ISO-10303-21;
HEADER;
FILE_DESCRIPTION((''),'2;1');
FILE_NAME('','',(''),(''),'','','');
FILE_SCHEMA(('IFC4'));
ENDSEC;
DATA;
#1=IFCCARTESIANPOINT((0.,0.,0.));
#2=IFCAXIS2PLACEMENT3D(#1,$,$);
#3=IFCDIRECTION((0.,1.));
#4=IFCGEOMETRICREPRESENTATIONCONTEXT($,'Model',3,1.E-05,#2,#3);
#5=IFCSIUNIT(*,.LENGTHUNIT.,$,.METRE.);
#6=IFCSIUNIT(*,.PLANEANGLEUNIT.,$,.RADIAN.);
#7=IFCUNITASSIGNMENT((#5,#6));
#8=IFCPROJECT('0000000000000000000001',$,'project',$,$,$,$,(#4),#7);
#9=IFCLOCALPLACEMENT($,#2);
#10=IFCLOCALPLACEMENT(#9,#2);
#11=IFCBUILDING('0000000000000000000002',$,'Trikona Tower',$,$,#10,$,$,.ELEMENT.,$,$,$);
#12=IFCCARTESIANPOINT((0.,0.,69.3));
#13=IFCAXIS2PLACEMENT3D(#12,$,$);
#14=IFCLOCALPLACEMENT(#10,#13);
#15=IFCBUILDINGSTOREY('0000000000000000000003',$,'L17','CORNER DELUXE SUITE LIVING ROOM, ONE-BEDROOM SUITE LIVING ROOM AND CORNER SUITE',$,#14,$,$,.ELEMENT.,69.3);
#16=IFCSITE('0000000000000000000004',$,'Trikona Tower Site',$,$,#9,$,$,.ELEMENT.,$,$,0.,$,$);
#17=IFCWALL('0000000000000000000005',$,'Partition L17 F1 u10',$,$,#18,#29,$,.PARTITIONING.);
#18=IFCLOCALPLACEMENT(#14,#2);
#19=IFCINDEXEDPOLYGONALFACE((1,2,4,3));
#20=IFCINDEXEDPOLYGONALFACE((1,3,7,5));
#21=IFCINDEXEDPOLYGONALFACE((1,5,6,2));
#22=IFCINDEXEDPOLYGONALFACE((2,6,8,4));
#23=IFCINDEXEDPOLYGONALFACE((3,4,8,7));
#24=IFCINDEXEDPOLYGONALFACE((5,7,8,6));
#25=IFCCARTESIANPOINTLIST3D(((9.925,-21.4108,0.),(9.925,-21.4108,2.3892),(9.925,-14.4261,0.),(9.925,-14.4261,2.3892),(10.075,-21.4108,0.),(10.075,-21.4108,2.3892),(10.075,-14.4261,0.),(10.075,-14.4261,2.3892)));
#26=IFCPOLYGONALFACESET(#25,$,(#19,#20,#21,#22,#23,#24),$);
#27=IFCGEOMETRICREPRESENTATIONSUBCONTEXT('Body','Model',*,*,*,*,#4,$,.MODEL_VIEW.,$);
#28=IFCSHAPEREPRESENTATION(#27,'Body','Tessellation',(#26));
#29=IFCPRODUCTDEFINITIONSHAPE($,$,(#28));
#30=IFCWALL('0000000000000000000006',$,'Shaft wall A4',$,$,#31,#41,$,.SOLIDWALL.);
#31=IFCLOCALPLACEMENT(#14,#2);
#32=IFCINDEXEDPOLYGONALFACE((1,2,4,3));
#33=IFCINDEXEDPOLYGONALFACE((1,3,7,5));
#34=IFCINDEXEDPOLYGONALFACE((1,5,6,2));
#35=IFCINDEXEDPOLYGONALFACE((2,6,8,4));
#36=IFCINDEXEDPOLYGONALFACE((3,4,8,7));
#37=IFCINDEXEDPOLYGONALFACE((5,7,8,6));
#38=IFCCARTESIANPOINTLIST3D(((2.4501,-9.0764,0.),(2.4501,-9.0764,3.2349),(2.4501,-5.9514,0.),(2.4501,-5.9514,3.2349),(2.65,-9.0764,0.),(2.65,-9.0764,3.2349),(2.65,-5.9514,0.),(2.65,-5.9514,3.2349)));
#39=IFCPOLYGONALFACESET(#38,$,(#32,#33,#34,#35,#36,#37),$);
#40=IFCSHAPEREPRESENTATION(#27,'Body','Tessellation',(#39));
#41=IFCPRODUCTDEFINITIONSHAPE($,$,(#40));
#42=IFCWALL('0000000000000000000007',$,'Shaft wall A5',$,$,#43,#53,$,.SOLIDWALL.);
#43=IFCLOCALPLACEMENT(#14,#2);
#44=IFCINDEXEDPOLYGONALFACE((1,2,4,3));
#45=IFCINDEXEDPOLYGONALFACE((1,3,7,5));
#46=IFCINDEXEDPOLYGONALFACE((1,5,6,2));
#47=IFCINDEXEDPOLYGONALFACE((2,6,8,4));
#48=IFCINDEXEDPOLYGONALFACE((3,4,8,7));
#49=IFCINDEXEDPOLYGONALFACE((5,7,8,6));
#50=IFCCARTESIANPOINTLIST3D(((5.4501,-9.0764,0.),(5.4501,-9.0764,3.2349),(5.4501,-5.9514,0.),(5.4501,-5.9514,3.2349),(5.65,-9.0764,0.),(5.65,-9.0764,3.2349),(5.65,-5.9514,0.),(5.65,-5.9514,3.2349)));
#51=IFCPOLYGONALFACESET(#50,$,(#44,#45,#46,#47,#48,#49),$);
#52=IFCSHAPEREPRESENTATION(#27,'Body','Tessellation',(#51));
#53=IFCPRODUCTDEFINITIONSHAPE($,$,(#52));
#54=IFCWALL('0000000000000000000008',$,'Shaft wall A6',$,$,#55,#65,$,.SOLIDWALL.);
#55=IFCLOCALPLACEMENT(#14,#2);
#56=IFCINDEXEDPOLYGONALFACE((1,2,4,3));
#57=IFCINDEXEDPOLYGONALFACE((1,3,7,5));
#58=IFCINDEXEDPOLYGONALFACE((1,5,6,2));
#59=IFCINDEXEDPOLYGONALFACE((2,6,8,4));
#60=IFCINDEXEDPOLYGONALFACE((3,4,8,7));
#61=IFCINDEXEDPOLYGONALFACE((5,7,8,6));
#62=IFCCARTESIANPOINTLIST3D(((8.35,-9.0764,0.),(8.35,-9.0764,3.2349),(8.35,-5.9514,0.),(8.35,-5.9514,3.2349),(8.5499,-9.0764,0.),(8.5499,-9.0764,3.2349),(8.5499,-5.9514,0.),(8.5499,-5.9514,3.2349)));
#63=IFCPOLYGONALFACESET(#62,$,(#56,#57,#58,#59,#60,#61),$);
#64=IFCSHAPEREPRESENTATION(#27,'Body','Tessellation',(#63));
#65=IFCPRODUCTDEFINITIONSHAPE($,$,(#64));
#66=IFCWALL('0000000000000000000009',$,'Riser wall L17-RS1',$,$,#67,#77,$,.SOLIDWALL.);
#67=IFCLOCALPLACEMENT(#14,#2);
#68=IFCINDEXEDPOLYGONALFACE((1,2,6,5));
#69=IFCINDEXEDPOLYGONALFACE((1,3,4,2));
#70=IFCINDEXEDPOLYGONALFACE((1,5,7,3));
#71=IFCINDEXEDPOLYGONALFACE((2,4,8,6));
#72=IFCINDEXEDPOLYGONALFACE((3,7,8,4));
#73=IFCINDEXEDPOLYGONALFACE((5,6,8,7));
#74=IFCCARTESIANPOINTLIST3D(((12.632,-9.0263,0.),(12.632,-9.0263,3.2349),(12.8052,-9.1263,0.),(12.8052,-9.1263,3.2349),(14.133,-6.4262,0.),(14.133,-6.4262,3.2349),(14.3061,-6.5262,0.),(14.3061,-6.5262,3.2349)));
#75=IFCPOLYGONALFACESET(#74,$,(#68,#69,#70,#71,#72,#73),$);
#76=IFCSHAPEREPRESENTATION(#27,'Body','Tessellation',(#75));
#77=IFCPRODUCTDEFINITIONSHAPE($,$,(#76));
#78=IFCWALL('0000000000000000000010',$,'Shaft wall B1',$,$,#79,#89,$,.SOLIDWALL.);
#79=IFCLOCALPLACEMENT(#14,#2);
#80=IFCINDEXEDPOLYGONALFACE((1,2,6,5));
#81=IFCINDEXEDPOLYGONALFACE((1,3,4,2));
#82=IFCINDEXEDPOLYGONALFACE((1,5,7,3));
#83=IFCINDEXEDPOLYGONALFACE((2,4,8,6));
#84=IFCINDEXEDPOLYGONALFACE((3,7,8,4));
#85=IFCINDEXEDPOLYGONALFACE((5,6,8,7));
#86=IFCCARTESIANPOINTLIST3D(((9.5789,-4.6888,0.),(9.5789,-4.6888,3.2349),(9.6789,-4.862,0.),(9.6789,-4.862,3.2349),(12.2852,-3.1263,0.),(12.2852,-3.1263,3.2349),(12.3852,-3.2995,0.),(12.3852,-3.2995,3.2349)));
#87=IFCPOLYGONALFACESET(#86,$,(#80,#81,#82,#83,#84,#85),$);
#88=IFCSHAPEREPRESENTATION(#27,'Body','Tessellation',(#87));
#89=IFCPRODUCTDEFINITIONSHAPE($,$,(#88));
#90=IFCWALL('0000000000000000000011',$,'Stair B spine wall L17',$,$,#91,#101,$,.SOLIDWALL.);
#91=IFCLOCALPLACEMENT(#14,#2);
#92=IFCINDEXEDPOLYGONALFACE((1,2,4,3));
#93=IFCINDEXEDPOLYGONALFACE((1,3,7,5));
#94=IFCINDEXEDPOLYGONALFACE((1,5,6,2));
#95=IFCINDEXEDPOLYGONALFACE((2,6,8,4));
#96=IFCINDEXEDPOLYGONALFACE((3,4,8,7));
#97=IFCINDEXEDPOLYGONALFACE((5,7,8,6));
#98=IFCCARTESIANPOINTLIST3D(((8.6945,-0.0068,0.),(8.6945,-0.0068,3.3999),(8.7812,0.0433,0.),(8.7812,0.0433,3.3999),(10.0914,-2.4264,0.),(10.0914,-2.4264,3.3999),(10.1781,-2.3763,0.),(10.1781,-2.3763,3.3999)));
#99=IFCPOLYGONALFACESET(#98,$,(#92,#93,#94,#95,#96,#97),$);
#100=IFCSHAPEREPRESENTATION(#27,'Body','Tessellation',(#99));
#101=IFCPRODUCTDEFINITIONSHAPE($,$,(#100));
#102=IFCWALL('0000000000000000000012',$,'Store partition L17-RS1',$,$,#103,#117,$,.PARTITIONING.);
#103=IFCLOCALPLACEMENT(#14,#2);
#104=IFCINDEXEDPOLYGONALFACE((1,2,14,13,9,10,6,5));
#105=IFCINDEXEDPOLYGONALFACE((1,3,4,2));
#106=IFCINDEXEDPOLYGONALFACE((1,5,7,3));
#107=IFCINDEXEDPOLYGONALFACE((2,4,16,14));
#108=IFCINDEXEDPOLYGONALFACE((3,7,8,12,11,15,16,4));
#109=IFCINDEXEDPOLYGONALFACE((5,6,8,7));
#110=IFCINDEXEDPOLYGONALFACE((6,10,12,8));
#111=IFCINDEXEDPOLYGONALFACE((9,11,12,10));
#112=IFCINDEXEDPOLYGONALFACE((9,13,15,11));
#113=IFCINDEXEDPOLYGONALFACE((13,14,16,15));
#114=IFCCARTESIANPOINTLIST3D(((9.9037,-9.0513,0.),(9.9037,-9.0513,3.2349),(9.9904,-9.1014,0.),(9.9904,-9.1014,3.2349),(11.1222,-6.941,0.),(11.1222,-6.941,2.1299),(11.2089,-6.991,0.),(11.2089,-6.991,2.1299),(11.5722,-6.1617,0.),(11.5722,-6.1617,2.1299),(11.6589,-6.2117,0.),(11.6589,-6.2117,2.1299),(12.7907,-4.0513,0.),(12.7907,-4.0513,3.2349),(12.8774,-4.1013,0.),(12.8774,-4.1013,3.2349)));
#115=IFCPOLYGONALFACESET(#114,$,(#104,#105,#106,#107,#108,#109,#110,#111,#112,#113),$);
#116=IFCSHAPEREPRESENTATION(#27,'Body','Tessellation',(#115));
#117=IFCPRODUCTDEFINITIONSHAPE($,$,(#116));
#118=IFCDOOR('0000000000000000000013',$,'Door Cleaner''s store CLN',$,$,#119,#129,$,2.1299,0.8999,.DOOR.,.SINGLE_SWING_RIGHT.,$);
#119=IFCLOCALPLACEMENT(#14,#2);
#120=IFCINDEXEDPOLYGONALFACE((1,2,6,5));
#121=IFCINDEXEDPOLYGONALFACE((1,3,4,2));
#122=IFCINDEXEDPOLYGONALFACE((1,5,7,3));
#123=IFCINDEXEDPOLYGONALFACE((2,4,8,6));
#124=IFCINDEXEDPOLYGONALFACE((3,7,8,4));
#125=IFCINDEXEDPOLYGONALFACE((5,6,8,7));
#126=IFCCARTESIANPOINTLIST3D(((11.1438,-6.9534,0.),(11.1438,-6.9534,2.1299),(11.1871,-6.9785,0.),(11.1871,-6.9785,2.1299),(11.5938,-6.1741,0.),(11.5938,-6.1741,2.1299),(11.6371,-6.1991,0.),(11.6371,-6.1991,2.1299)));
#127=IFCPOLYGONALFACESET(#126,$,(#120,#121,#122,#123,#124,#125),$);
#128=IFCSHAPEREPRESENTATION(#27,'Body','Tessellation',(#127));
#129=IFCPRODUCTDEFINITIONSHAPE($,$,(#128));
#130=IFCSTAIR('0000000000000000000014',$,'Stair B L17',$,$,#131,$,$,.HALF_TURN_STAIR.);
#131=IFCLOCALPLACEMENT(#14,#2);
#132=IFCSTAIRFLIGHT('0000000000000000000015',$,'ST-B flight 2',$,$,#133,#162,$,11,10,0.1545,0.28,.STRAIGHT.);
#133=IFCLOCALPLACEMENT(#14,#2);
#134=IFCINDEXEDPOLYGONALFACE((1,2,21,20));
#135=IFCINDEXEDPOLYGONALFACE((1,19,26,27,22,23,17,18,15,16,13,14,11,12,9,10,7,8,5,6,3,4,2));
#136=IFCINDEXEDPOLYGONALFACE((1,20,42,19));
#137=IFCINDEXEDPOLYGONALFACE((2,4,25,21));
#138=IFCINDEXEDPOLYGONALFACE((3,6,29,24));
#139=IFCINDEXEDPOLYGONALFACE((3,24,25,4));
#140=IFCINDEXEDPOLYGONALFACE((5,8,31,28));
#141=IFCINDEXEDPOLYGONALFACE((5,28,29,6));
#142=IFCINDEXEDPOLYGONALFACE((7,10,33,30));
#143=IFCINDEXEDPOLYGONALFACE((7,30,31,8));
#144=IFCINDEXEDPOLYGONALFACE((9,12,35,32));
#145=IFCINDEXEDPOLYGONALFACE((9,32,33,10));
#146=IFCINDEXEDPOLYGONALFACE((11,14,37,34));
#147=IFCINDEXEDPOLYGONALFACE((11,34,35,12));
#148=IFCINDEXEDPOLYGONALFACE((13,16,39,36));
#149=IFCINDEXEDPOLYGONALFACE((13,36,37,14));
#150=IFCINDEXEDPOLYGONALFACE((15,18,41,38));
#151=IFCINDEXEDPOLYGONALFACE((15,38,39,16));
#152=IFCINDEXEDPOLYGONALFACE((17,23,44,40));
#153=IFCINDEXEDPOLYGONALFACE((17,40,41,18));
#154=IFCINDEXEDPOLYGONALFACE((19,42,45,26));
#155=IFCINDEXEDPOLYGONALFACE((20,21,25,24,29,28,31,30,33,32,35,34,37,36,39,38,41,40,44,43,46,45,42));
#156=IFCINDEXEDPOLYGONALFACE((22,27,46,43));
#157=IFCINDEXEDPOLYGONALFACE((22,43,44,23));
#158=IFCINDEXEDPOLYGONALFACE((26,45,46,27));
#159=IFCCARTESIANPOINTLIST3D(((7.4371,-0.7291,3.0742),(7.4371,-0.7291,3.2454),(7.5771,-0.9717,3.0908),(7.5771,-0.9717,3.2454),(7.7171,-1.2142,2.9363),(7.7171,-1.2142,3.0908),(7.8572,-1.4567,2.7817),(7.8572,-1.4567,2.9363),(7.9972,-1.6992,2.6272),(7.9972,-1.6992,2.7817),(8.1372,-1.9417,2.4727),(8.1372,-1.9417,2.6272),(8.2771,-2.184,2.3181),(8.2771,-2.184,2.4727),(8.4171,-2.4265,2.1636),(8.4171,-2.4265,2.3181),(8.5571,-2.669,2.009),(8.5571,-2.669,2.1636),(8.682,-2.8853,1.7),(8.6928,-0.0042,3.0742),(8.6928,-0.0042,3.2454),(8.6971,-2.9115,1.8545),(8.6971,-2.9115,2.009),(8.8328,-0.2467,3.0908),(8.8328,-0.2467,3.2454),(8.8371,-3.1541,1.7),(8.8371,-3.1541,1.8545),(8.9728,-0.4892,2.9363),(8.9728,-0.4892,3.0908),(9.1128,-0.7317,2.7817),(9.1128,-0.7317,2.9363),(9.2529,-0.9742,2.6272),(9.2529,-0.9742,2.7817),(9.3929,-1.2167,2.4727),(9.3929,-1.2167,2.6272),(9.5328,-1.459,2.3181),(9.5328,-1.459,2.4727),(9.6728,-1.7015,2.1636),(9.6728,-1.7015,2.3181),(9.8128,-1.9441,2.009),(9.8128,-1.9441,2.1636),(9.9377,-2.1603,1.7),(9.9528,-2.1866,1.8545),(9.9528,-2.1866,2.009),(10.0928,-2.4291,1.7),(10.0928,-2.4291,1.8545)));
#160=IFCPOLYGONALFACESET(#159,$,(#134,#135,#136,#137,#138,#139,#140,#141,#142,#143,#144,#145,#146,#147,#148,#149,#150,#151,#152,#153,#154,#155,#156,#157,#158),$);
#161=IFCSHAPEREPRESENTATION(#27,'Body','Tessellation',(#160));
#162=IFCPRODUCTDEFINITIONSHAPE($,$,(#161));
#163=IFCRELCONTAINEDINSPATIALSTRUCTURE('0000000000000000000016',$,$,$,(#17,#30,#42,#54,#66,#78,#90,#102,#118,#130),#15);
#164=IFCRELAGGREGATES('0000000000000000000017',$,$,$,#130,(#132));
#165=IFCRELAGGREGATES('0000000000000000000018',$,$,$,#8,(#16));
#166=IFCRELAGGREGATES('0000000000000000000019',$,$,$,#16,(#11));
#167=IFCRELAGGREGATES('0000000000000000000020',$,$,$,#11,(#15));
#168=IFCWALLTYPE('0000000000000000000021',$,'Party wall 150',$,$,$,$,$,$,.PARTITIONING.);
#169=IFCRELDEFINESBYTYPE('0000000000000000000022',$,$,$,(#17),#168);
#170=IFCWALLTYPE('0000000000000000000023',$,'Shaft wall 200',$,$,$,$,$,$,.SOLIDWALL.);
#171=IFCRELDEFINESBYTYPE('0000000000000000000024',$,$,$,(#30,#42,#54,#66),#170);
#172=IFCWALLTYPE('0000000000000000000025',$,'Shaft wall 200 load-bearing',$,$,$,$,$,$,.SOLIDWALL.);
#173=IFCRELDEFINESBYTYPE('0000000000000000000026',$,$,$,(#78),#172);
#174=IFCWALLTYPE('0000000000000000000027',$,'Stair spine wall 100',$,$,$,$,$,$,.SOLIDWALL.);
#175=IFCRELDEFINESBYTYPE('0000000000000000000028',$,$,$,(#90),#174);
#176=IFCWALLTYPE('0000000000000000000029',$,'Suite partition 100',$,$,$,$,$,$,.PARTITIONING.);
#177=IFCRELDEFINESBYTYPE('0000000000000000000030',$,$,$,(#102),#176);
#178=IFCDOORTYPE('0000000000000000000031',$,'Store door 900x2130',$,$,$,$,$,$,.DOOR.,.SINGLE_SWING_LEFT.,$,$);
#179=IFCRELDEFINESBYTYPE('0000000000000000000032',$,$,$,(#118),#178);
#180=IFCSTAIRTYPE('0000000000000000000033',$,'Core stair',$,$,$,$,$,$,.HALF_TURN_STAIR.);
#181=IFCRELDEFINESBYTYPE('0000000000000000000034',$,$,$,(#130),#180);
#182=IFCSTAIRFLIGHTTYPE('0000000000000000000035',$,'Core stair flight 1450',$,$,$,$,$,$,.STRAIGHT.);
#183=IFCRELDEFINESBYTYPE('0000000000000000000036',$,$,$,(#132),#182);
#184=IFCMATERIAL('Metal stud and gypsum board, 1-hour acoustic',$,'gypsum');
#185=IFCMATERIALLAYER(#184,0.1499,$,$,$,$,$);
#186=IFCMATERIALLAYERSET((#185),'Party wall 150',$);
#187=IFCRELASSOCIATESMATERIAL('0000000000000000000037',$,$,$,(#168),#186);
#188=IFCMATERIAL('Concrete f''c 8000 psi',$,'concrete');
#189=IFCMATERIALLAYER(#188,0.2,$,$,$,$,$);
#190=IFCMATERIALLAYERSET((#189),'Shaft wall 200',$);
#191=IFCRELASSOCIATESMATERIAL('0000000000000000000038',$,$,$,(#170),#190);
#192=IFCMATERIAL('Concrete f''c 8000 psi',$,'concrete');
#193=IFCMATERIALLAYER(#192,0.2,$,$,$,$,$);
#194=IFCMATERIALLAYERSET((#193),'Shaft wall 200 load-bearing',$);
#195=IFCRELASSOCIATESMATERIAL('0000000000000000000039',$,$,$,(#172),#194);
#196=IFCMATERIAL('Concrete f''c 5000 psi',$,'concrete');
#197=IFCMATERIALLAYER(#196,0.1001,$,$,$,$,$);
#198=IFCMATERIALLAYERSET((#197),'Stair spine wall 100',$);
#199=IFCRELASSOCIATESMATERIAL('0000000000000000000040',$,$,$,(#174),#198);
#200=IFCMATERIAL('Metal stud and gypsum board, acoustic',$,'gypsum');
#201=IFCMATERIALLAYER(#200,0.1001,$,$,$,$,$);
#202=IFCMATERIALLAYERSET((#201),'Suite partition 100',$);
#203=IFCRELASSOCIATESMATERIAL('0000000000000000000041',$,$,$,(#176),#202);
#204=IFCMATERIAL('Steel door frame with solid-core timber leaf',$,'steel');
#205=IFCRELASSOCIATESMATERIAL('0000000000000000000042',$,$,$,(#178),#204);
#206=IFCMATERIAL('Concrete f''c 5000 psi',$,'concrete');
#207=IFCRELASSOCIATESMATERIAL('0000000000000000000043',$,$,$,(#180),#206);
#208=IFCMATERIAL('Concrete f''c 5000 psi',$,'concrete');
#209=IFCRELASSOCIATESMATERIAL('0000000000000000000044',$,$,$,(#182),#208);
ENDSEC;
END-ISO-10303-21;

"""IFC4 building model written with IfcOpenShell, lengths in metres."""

from ifc_helpers import new_model, si_unit, direction, frame, frame_2d, origin, place, context, subcontext, project, spatial, polyline, rectangle, outline, extrude, material, layer, layer_set, type_object, element, fill, aggregate, save


model = new_model("IFC4")

# Units and contexts
model_context = context("Model", 3, precision=1e-05, world=origin(), true_north=direction((0.0, 1.0)))
body_context = subcontext(model_context, "Body", "Model", "MODEL_VIEW")
ifc_project = project(units=[si_unit("LENGTHUNIT", "METRE"), si_unit("PLANEANGLEUNIT", "RADIAN")], contexts=[model_context])

# Site, building, storey
site_placement = place(None, origin())
site = spatial("IfcSite", under=ifc_project, at=site_placement, Name="Trikona Tower Site", CompositionType="ELEMENT", RefElevation=0.0)
building_placement = place(site_placement, origin())
building = spatial("IfcBuilding", under=site, at=building_placement, Name="Trikona Tower", CompositionType="ELEMENT")
storey_placement = place(building_placement, frame((0.0, 0.0, 69.3)))
storey = spatial("IfcBuildingStorey", under=building, at=storey_placement, Name="L17", Description="CORNER DELUXE SUITE LIVING ROOM, ONE-BEDROOM SUITE LIVING ROOM AND CORNER SUITE", CompositionType="ELEMENT", Elevation=69.3)

# Walls
ifc_material_1 = material(Name="Metal stud and gypsum board, 1-hour acoustic", Category="gypsum")
ifc_layer_1 = layer(ifc_material_1, 0.1499)
ifc_layer_set_1 = layer_set([ifc_layer_1], Name="Party wall 150")
wall_type_1 = type_object("IfcWallType", Name="Party wall 150", PredefinedType="PARTITIONING", material=ifc_layer_set_1)
wall_1_placement = place(storey_placement, frame((10.0, -14.4263, 0.0), z_axis=(0.0, 0.0, 1.0), x_axis=(0.0, -1.0, 0.0)))
element("IfcWall", 1, at=wall_1_placement, inside=storey, type_object=wall_type_1, Name="Partition L17 F1 u10", PredefinedType="PARTITIONING", context=body_context, shape_type="SweptSolid", body=[
    extrude(rectangle(XDim=6.9846, YDim=0.1499, at=frame_2d((3.4922, 0.0))), origin(), (0.0, 0.0, 1.0), 2.3892),
])
ifc_material_2 = material(Name="Concrete f'c 8000 psi", Category="concrete")
ifc_layer_2 = layer(ifc_material_2, 0.2)
ifc_layer_set_2 = layer_set([ifc_layer_2], Name="Shaft wall 200")
wall_type_2 = type_object("IfcWallType", Name="Shaft wall 200", PredefinedType="SOLIDWALL", material=ifc_layer_set_2)
for number, where, z_axis, x_axis, name in (
    (2, (2.55, -5.9514, 0.0), (0.0, 0.0, 1.0), (0.0, -1.0, 0.0), "Shaft wall A4"),
    (3, (5.55, -5.9514, 0.0), (0.0, 0.0, 1.0), (0.0, -1.0, 0.0), "Shaft wall A5"),
    (4, (8.45, -5.9514, 0.0), (0.0, 0.0, 1.0), (0.0, -1.0, 0.0), "Shaft wall A6"),
):
    element("IfcWall", number, at=place(storey_placement, frame(where, z_axis=z_axis, x_axis=x_axis)), inside=storey, type_object=wall_type_2, Name=name, PredefinedType="SOLIDWALL", context=body_context, shape_type="SweptSolid", body=[
        extrude(rectangle(XDim=3.125, YDim=0.2, at=frame_2d((1.5625, 0.0))), origin(), (0.0, 0.0, 1.0), 3.2349),
    ])
wall_2_placement = place(storey_placement, frame((14.2195, -6.4763, 0.0), z_axis=(0.0, 0.0, 1.0), x_axis=(-0.499952, -0.866053, 0.0)))
element("IfcWall", 5, at=wall_2_placement, inside=storey, type_object=wall_type_2, Name="Riser wall L17-RS1", PredefinedType="SOLIDWALL", context=body_context, shape_type="SweptSolid", body=[
    extrude(rectangle(XDim=3.0022, YDim=0.2, at=frame_2d((1.501, 0.0))), origin(), (0.0, 0.0, 1.0), 3.2349),
])
ifc_material_3 = material(Name="Concrete f'c 8000 psi", Category="concrete")
ifc_layer_3 = layer(ifc_material_3, 0.2)
ifc_layer_set_3 = layer_set([ifc_layer_3], Name="Shaft wall 200 load-bearing")
wall_type_3 = type_object("IfcWallType", Name="Shaft wall 200 load-bearing", PredefinedType="SOLIDWALL", material=ifc_layer_set_3)
wall_3_placement = place(storey_placement, frame((9.6289, -4.7754, 0.0), z_axis=(0.0, 0.0, 1.0), x_axis=(0.866023, 0.500004, 0.0)))
element("IfcWall", 6, at=wall_3_placement, inside=storey, type_object=wall_type_3, Name="Shaft wall B1", PredefinedType="SOLIDWALL", context=body_context, shape_type="SweptSolid", body=[
    extrude(rectangle(XDim=3.125, YDim=0.2, at=frame_2d((1.5625, 0.0))), origin(), (0.0, 0.0, 1.0), 3.2349),
])
ifc_material_4 = material(Name="Concrete f'c 5000 psi", Category="concrete")
ifc_layer_4 = layer(ifc_material_4, 0.1001)
ifc_layer_set_4 = layer_set([ifc_layer_4], Name="Stair spine wall 100")
wall_type_4 = type_object("IfcWallType", Name="Stair spine wall 100", PredefinedType="SOLIDWALL", material=ifc_layer_set_4)
wall_4_placement = place(storey_placement, frame((10.1348, -2.4014, 0.0), z_axis=(0.0, 0.0, 1.0), x_axis=(-0.499992, 0.86603, 0.0)))
element("IfcWall", 7, at=wall_4_placement, inside=storey, type_object=wall_type_4, Name="Stair B spine wall L17", PredefinedType="SOLIDWALL", context=body_context, shape_type="SweptSolid", body=[
    extrude(rectangle(XDim=2.7939, YDim=0.1001, at=frame_2d((1.397, 0.0))), origin(), (0.0, 0.0, 1.0), 3.3999),
])

# Wall, opening, door
ifc_material_5 = material(Name="Metal stud and gypsum board, acoustic", Category="gypsum")
ifc_layer_5 = layer(ifc_material_5, 0.1001)
ifc_layer_set_5 = layer_set([ifc_layer_5], Name="Suite partition 100")
wall_type_5 = type_object("IfcWallType", Name="Suite partition 100", PredefinedType="PARTITIONING", material=ifc_layer_set_5)
wall_5_placement = place(storey_placement, frame((12.834, -4.0764, 0.0), z_axis=(0.0, 0.0, 1.0), x_axis=(-0.500027, -0.86601, 0.0)))
wall_5 = element("IfcWall", 8, at=wall_5_placement, inside=storey, type_object=wall_type_5, Name="Store partition L17-RS1", PredefinedType="PARTITIONING", context=body_context, shape_type="SweptSolid", body=[
    extrude(rectangle(XDim=5.7737, YDim=0.1001, at=frame_2d((2.8867, 0.0))), origin(), (0.0, 0.0, 1.0), 3.2349),
])
opening_1_placement = place(wall_5_placement, frame((2.4368, 0.0, 0.0)))
opening_1 = element("IfcOpeningElement", 9, at=opening_1_placement, cuts=wall_5, PredefinedType="OPENING", context=body_context, shape_type="SweptSolid", body=[
    extrude(rectangle(XDim=0.8999, YDim=2.1299, at=frame_2d((0.45, 1.0649))), frame((0.0, 0.0601, 0.0), z_axis=(0.0, -1.0, 0.0), x_axis=(1.0, 0.0, 0.0)), (0.0, 0.0, 1.0), 0.1201),
])
ifc_material_6 = material(Name="Steel door frame with solid-core timber leaf", Category="steel")
door_type_1 = type_object("IfcDoorType", Name="Store door 900x2130", OperationType="SINGLE_SWING_LEFT", PredefinedType="DOOR", material=ifc_material_6)
door_1_placement = place(opening_1_placement, origin())
door_1 = element("IfcDoor", 10, at=door_1_placement, inside=storey, type_object=door_type_1, Name="Door Cleaner's store CLN", OperationType="SINGLE_SWING_RIGHT", OverallHeight=2.1299, OverallWidth=0.8999, PredefinedType="DOOR", context=body_context, shape_type="SweptSolid", body=[
    extrude(rectangle(XDim=0.8999, YDim=2.1299, at=frame_2d((0.45, 1.0649))), frame((0.0, 0.0249, 0.0), z_axis=(0.0, -1.0, 0.0), x_axis=(1.0, 0.0, 0.0)), (0.0, 0.0, 1.0), 0.05),
])
fill(opening_1, door_1)

# Stair, stair flight
ifc_material_7 = material(Name="Concrete f'c 5000 psi", Category="concrete")
stair_type = type_object("IfcStairType", Name="Core stair", PredefinedType="HALF_TURN_STAIR", material=ifc_material_7)
stair_placement = place(storey_placement, origin())
stair = element("IfcStair", 11, at=stair_placement, inside=storey, type_object=stair_type, Name="Stair B L17", PredefinedType="HALF_TURN_STAIR")
ifc_material_8 = material(Name="Concrete f'c 5000 psi", Category="concrete")
stair_flight_type = type_object("IfcStairFlightType", Name="Core stair flight 1450", PredefinedType="STRAIGHT", material=ifc_material_8)
stair_flight_placement = place(storey_placement, frame((9.4651, -2.7915, 1.7), z_axis=(0.0, 0.0, 1.0), x_axis=(-0.5, 0.866025, 0.0)))
stair_flight = element("IfcStairFlight", 12, at=stair_flight_placement, type_object=stair_flight_type, Name="ST-B flight 2", NumberOfRisers=11, NumberOfTreads=10, PredefinedType="STRAIGHT", RiserHeight=0.1545, TreadLength=0.28, context=body_context, shape_type="SweptSolid", body=[
    extrude(outline(polyline([(0.0, 0.0), (0.0, 0.1545), (0.28, 0.1545), (0.28, 0.3091), (0.5601, 0.3091), (0.5601, 0.4636), (0.8401, 0.4636), (0.8401, 0.6182), (1.1201, 0.6182), (1.1201, 0.7727), (1.3999, 0.7727), (1.3999, 0.9272), (1.6799, 0.9272), (1.6799, 1.0818), (1.96, 1.0818), (1.96, 1.2363), (2.24, 1.2363), (2.24, 1.3909), (2.52, 1.3909), (2.52, 1.5454), (2.8, 1.5454), (2.8, 1.7), (2.8, 1.3743), (0.3103, 0.0), (0.0, 0.0)])), frame((0.0, 0.7251, 0.0), z_axis=(0.0, -1.0, 0.0), x_axis=(1.0, 0.0, 0.0)), (0.0, 0.0, 1.0), 1.45),
])
aggregate(stair, [stair_flight])

save(model, "model.ifc")
